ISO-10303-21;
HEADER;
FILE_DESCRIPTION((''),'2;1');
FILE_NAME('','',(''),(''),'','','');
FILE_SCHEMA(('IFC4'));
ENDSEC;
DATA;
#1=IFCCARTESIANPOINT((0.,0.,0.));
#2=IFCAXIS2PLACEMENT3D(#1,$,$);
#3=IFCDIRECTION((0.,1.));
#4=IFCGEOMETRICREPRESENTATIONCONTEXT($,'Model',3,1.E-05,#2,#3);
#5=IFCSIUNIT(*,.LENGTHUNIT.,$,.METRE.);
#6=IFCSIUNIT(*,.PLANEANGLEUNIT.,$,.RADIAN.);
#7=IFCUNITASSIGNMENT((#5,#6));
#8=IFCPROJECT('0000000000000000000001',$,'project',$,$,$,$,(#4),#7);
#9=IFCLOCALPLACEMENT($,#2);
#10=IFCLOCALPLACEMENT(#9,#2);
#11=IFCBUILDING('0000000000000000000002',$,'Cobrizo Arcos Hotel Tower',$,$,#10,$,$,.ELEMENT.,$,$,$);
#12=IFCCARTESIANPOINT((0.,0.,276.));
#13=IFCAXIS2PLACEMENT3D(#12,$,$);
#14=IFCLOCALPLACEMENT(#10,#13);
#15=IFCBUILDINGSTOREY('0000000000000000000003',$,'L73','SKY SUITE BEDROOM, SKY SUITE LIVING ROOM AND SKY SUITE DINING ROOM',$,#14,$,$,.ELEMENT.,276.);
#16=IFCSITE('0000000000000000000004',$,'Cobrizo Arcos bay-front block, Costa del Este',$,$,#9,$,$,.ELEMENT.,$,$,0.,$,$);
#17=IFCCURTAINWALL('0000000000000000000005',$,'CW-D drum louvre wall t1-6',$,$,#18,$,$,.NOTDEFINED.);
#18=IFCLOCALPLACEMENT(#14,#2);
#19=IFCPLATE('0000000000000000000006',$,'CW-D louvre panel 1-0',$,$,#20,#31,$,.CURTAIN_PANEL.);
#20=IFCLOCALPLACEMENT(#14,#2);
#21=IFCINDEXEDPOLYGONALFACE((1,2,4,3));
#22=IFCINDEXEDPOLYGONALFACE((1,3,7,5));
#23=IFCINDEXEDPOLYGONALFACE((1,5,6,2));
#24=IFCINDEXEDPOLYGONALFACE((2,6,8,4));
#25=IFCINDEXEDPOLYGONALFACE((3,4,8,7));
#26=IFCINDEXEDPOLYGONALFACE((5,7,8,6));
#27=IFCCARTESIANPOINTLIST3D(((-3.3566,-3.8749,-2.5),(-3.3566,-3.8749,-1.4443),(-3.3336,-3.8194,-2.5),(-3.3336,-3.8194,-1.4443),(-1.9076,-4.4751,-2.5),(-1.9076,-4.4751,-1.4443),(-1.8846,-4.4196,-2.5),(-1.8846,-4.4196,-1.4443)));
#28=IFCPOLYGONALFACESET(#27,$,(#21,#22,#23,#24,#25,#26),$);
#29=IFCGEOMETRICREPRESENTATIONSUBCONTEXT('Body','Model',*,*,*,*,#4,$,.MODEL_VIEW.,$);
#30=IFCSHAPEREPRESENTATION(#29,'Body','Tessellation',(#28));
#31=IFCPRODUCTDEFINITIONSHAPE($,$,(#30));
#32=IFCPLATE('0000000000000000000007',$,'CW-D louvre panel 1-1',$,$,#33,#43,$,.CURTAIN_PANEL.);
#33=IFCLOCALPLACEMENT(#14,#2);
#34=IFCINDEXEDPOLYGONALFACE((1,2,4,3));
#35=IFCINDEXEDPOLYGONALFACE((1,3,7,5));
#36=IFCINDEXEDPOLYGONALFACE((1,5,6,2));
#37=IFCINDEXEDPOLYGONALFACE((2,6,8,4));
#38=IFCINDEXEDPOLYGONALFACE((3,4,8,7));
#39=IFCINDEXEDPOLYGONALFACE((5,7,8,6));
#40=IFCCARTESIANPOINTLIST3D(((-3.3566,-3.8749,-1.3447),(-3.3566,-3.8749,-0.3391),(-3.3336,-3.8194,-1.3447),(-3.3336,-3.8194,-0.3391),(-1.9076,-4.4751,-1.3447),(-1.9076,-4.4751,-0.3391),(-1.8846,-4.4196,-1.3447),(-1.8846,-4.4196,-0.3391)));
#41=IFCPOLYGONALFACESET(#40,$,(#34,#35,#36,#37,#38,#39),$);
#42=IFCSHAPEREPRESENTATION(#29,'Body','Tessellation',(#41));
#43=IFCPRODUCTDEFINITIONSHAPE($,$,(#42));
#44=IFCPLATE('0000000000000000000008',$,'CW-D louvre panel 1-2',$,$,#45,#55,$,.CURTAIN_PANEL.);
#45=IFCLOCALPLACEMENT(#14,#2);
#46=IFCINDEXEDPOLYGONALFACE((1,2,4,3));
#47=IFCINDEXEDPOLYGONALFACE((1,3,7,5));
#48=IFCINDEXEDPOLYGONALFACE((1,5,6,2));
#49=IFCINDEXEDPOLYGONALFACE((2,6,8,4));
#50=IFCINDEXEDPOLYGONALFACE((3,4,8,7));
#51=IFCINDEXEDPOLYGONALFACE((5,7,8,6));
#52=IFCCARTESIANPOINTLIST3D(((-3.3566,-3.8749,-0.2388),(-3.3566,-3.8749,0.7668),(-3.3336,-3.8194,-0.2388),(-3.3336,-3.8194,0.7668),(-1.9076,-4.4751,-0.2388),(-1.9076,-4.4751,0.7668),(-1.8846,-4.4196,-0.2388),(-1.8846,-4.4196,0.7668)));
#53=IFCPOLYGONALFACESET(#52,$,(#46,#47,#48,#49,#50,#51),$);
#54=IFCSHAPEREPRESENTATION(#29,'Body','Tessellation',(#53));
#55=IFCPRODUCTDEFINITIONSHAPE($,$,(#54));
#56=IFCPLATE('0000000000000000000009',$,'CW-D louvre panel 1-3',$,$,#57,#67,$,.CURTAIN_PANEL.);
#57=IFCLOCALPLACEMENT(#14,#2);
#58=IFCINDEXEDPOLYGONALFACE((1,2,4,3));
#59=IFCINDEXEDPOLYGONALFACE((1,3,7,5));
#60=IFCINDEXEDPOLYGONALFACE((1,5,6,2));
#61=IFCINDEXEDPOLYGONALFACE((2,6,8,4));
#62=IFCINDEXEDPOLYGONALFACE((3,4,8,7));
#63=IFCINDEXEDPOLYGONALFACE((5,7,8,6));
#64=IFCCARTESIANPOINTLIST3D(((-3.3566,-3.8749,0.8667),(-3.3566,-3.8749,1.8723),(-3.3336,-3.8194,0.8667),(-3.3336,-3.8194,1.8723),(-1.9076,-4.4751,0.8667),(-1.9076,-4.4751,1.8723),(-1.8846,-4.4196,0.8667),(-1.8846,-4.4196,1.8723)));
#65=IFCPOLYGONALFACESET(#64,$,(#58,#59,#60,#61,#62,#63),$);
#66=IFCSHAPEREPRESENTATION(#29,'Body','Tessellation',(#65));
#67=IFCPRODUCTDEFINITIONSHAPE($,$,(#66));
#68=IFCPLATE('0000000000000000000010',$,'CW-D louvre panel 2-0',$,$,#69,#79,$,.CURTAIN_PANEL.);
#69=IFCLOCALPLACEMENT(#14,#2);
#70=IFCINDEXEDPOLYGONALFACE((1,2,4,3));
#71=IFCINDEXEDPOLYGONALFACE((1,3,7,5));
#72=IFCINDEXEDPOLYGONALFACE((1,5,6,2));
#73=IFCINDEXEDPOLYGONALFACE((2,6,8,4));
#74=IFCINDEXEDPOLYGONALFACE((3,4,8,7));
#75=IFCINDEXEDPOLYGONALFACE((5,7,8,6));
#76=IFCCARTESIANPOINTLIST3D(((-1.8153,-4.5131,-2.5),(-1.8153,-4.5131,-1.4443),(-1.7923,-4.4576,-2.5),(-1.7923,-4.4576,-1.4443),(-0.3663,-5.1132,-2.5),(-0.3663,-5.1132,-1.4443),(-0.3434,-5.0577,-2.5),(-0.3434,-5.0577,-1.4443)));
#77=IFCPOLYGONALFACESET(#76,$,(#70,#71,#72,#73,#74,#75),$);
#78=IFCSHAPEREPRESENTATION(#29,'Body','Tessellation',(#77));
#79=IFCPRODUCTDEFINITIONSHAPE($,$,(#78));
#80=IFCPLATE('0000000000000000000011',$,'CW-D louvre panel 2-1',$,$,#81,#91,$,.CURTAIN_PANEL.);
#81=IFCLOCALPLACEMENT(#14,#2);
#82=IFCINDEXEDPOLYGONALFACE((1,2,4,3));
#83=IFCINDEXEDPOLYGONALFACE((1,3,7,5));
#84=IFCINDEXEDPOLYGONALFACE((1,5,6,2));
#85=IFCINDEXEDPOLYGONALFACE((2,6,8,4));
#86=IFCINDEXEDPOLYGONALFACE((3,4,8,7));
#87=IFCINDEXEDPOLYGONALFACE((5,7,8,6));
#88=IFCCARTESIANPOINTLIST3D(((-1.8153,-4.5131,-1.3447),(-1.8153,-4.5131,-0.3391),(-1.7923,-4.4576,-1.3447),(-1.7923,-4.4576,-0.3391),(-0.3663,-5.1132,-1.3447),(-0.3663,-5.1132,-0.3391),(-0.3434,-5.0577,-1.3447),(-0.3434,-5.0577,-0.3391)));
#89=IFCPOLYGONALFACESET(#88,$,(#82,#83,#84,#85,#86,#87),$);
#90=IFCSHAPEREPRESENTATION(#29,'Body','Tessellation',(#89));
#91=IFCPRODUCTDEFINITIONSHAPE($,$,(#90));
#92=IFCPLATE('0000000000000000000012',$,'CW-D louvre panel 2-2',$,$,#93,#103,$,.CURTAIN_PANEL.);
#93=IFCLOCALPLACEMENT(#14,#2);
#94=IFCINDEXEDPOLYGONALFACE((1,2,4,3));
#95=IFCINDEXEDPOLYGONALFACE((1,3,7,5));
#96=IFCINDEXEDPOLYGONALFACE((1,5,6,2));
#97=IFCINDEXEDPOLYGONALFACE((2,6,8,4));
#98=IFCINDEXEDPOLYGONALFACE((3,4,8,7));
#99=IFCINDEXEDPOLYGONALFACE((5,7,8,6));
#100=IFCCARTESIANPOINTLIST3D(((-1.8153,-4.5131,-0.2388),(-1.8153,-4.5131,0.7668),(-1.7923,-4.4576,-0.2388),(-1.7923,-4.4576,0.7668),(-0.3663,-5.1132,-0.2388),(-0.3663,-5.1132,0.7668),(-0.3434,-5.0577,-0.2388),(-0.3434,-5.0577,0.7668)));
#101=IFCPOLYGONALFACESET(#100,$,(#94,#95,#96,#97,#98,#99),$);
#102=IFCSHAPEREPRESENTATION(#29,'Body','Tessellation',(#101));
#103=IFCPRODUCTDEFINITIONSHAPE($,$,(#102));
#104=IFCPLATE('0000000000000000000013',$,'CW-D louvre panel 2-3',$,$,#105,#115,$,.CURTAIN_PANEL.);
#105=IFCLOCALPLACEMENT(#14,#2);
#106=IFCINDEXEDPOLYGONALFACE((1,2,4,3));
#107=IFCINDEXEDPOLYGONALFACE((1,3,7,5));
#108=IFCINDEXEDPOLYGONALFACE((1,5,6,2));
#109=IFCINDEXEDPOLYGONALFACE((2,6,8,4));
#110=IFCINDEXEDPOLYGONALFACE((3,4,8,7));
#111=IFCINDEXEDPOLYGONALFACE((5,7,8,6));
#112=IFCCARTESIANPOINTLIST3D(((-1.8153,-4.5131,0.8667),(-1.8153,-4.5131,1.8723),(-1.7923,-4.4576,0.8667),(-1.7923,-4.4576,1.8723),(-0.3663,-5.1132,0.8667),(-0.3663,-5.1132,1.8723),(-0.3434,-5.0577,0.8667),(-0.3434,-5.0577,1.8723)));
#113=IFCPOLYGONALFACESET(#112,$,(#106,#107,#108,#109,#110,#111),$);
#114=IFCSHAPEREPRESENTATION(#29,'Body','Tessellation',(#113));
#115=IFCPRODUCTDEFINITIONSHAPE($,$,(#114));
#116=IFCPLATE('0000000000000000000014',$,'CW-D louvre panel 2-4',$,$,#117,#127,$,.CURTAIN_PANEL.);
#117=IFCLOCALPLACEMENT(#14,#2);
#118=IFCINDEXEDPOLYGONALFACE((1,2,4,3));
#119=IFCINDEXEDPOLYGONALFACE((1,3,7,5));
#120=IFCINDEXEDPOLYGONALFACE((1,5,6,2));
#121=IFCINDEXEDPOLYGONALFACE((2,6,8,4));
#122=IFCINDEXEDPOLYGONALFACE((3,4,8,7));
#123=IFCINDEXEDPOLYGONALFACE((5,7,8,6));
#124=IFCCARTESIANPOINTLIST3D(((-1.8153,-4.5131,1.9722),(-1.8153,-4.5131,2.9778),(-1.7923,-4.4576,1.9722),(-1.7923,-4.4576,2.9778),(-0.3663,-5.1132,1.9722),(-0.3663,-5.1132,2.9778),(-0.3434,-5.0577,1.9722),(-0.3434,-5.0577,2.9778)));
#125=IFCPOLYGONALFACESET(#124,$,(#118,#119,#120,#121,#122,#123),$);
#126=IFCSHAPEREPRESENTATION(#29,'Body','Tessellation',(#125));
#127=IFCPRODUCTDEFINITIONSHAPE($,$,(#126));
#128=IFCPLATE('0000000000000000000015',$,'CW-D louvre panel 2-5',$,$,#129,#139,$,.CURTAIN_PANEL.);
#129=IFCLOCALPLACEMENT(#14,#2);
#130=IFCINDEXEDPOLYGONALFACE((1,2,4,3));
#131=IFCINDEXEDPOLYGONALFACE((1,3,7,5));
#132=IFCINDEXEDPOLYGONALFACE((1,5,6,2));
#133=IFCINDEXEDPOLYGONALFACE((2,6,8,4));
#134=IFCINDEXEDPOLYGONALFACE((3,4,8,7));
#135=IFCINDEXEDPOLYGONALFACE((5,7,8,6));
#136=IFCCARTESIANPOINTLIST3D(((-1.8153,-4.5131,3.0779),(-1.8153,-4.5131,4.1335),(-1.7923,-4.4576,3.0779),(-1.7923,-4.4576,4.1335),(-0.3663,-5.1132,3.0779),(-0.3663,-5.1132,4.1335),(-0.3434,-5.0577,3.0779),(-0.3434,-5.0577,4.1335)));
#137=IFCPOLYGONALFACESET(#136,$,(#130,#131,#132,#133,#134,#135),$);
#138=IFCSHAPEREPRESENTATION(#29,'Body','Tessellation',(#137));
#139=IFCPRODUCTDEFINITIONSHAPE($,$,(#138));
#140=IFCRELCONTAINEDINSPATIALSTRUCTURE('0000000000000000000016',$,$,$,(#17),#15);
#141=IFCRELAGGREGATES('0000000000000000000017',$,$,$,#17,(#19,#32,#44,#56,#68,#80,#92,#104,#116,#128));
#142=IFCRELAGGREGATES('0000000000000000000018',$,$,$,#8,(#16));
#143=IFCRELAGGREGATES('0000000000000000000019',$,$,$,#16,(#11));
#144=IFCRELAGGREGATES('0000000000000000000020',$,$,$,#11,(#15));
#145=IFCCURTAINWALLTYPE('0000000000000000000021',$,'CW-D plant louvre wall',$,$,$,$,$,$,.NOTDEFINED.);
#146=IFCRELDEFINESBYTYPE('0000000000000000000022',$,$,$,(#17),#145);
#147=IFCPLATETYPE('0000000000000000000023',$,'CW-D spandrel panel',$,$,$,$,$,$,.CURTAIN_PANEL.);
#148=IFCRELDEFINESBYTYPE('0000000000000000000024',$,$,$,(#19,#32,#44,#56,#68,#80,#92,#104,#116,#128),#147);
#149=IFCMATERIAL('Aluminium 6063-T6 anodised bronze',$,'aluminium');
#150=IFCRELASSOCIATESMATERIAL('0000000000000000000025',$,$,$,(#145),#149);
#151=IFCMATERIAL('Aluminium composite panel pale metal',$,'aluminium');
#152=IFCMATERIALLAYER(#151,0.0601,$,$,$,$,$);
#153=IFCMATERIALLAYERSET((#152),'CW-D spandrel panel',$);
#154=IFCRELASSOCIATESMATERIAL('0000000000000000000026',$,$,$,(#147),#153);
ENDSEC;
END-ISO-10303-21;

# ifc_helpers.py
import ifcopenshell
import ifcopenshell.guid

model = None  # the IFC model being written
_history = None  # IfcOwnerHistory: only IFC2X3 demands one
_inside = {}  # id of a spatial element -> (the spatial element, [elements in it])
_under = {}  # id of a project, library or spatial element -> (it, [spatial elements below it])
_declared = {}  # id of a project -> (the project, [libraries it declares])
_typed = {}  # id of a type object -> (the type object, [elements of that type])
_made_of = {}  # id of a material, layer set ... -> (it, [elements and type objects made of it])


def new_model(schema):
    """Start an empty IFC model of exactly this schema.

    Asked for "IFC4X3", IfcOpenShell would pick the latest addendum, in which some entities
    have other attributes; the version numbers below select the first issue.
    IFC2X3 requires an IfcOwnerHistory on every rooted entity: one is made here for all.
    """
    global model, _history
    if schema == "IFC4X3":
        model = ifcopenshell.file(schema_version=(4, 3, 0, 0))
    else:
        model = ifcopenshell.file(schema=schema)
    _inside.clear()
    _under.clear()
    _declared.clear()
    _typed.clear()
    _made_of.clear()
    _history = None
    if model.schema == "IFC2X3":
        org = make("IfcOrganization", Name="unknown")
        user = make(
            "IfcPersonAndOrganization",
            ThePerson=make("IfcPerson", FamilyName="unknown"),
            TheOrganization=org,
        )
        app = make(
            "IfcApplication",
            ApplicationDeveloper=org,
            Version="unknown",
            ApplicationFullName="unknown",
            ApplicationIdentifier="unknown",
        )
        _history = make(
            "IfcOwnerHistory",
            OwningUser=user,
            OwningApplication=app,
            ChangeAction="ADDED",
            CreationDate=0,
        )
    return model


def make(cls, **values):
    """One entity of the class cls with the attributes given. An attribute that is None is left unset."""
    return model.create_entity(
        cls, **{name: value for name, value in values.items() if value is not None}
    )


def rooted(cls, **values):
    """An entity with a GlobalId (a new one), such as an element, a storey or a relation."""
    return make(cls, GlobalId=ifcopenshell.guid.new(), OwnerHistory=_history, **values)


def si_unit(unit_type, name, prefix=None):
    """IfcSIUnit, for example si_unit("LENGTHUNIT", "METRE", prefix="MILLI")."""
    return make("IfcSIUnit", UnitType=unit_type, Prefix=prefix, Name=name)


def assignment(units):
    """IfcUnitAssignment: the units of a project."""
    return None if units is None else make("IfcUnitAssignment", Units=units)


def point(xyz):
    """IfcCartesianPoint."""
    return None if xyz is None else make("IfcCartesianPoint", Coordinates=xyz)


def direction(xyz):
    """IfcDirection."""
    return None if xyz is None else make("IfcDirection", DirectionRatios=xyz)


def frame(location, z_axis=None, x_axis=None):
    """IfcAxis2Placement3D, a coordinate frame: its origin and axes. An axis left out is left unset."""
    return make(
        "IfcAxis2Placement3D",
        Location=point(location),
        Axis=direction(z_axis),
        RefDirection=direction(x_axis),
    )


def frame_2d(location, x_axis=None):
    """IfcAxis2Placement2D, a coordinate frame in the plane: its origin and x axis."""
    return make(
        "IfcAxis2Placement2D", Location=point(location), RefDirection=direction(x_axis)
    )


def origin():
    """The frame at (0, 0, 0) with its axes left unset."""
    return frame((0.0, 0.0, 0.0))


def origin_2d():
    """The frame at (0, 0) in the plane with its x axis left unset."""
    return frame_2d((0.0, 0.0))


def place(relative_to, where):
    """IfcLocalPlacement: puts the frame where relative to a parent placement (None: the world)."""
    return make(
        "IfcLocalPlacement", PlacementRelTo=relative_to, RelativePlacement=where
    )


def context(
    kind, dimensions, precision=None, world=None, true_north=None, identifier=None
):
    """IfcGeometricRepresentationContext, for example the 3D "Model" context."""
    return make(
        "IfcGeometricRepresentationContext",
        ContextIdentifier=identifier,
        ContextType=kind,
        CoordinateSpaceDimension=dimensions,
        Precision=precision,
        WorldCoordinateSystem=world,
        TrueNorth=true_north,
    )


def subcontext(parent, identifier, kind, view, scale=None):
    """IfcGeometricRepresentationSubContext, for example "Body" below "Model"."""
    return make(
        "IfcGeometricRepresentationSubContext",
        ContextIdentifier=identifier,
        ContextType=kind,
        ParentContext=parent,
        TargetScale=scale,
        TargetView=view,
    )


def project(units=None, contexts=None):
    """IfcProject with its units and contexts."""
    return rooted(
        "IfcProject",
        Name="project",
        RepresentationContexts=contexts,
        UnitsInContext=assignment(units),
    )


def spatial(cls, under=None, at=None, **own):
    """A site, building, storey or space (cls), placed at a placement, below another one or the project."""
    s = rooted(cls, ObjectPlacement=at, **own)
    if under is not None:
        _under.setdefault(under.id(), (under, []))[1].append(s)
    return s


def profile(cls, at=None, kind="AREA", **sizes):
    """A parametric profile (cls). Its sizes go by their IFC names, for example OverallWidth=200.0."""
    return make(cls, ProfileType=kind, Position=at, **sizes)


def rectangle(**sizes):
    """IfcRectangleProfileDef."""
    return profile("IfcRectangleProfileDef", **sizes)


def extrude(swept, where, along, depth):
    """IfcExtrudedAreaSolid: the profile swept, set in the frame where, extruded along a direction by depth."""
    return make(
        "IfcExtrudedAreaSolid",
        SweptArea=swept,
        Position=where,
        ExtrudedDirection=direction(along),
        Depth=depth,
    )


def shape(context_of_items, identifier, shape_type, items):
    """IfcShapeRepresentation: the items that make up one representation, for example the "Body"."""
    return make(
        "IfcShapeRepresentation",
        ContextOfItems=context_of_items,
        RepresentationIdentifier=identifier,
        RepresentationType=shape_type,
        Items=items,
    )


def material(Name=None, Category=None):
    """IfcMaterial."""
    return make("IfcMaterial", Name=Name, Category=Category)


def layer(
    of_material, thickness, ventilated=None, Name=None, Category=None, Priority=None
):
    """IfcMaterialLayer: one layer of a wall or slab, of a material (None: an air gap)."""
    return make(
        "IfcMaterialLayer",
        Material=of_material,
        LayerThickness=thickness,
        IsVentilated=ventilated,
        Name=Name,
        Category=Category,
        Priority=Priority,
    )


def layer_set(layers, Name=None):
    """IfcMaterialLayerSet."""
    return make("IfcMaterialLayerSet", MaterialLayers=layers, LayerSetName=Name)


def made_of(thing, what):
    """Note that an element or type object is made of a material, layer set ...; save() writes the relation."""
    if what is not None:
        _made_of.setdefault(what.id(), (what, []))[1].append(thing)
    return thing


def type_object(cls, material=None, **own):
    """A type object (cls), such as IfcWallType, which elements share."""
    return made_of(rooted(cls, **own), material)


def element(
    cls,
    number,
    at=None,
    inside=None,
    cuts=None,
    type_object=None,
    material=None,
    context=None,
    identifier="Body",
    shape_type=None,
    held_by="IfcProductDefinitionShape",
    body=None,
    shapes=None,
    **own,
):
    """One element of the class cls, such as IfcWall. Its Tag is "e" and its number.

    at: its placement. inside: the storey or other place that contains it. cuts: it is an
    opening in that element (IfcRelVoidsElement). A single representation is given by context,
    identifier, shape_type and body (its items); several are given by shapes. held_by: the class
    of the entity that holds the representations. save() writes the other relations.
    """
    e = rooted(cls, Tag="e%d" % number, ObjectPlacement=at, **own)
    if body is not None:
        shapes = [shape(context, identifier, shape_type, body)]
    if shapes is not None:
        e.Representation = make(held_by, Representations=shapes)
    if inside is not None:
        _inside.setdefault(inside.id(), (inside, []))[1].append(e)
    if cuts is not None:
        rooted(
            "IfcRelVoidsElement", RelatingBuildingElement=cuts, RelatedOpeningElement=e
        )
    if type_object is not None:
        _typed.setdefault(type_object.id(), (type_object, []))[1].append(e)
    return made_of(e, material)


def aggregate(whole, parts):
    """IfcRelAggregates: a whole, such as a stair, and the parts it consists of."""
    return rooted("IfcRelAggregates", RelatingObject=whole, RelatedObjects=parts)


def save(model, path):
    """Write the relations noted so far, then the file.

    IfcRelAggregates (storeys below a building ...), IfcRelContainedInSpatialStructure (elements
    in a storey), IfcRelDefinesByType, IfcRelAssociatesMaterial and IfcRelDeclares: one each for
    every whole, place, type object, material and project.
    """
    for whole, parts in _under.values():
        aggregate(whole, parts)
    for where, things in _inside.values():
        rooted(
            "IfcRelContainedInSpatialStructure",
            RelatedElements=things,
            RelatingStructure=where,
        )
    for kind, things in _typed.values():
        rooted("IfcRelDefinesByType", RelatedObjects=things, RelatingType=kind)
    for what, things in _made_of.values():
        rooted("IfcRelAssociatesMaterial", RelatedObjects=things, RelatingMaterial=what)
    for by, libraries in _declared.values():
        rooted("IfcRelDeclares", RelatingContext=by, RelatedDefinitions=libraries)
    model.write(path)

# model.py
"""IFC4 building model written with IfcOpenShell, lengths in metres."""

from ifc_helpers import new_model, si_unit, direction, frame, origin, origin_2d, place, context, subcontext, project, spatial, rectangle, extrude, material, layer, layer_set, type_object, element, aggregate, save


model = new_model("IFC4")

# Units and contexts
model_context = context("Model", 3, precision=1e-05, world=origin(), true_north=direction((0.0, 1.0)))
body_context = subcontext(model_context, "Body", "Model", "MODEL_VIEW")
ifc_project = project(units=[si_unit("LENGTHUNIT", "METRE"), si_unit("PLANEANGLEUNIT", "RADIAN")], contexts=[model_context])

# Site, building, storey
site_placement = place(None, origin())
site = spatial("IfcSite", under=ifc_project, at=site_placement, Name="Cobrizo Arcos bay-front block, Costa del Este", CompositionType="ELEMENT", RefElevation=0.0)
building_placement = place(site_placement, origin())
building = spatial("IfcBuilding", under=site, at=building_placement, Name="Cobrizo Arcos Hotel Tower", CompositionType="ELEMENT")
storey_placement = place(building_placement, frame((0.0, 0.0, 276.0)))
storey = spatial("IfcBuildingStorey", under=building, at=storey_placement, Name="L73", Description="SKY SUITE BEDROOM, SKY SUITE LIVING ROOM AND SKY SUITE DINING ROOM", CompositionType="ELEMENT", Elevation=276.0)

# Shared definitions
ifc_material_1 = material(Name="Aluminium 6063-T6 anodised bronze", Category="aluminium")

# Curtain wall
curtain_wall_type_1 = type_object("IfcCurtainWallType", Name="CW-D plant louvre wall", PredefinedType="NOTDEFINED", material=ifc_material_1)
curtain_wall_1_placement = place(storey_placement, origin())
curtain_wall_1 = element("IfcCurtainWall", 1, at=curtain_wall_1_placement, inside=storey, type_object=curtain_wall_type_1, Name="CW-D drum louvre wall t1-6", PredefinedType="NOTDEFINED")

# Plates
ifc_material_2 = material(Name="Aluminium composite panel pale metal", Category="aluminium")
ifc_layer_1 = layer(ifc_material_2, 0.0601)
ifc_layer_set_1 = layer_set([ifc_layer_1], Name="CW-D spandrel panel")
plate_type_1 = type_object("IfcPlateType", Name="CW-D spandrel panel", PredefinedType="CURTAIN_PANEL", material=ifc_layer_set_1)
plate_1_placement = place(storey_placement, frame((-2.6206, -4.1472, -2.5), z_axis=(0.0, 0.0, 1.0), x_axis=(0.92388, -0.382683, 0.0)))
plate_1 = element("IfcPlate", 2, at=plate_1_placement, type_object=plate_type_1, Name="CW-D louvre panel 1-0", PredefinedType="CURTAIN_PANEL", context=body_context, shape_type="SweptSolid", body=[
    extrude(rectangle(XDim=1.5684, YDim=0.0601, at=origin_2d()), origin(), (0.0, 0.0, 1.0), 1.0557),
])
plate_2_placement = place(storey_placement, frame((-2.6206, -4.1472, -1.3447), z_axis=(0.0, 0.0, 1.0), x_axis=(0.92388, -0.382683, 0.0)))
plate_2 = element("IfcPlate", 3, at=plate_2_placement, type_object=plate_type_1, Name="CW-D louvre panel 1-1", PredefinedType="CURTAIN_PANEL", context=body_context, shape_type="SweptSolid", body=[
    extrude(rectangle(XDim=1.5684, YDim=0.0601, at=origin_2d()), origin(), (0.0, 0.0, 1.0), 1.0056),
])
plate_3_placement = place(storey_placement, frame((-2.6206, -4.1472, -0.2388), z_axis=(0.0, 0.0, 1.0), x_axis=(0.92388, -0.382683, 0.0)))
plate_3 = element("IfcPlate", 4, at=plate_3_placement, type_object=plate_type_1, Name="CW-D louvre panel 1-2", PredefinedType="CURTAIN_PANEL", context=body_context, shape_type="SweptSolid", body=[
    extrude(rectangle(XDim=1.5684, YDim=0.0601, at=origin_2d()), origin(), (0.0, 0.0, 1.0), 1.0056),
])
plate_4_placement = place(storey_placement, frame((-2.6206, -4.1472, 0.8667), z_axis=(0.0, 0.0, 1.0), x_axis=(0.92388, -0.382683, 0.0)))
plate_4 = element("IfcPlate", 5, at=plate_4_placement, type_object=plate_type_1, Name="CW-D louvre panel 1-3", PredefinedType="CURTAIN_PANEL", context=body_context, shape_type="SweptSolid", body=[
    extrude(rectangle(XDim=1.5684, YDim=0.0601, at=origin_2d()), origin(), (0.0, 0.0, 1.0), 1.0056),
])
plate_5_placement = place(storey_placement, frame((-1.0793, -4.7854, -2.5), z_axis=(0.0, 0.0, 1.0), x_axis=(0.92388, -0.382683, 0.0)))
plate_5 = element("IfcPlate", 6, at=plate_5_placement, type_object=plate_type_1, Name="CW-D louvre panel 2-0", PredefinedType="CURTAIN_PANEL", context=body_context, shape_type="SweptSolid", body=[
    extrude(rectangle(XDim=1.5684, YDim=0.0601, at=origin_2d()), origin(), (0.0, 0.0, 1.0), 1.0557),
])
plate_6_placement = place(storey_placement, frame((-1.0793, -4.7854, -1.3447), z_axis=(0.0, 0.0, 1.0), x_axis=(0.92388, -0.382683, 0.0)))
plate_6 = element("IfcPlate", 7, at=plate_6_placement, type_object=plate_type_1, Name="CW-D louvre panel 2-1", PredefinedType="CURTAIN_PANEL", context=body_context, shape_type="SweptSolid", body=[
    extrude(rectangle(XDim=1.5684, YDim=0.0601, at=origin_2d()), origin(), (0.0, 0.0, 1.0), 1.0056),
])
plate_7_placement = place(storey_placement, frame((-1.0793, -4.7854, -0.2388), z_axis=(0.0, 0.0, 1.0), x_axis=(0.92388, -0.382683, 0.0)))
plate_7 = element("IfcPlate", 8, at=plate_7_placement, type_object=plate_type_1, Name="CW-D louvre panel 2-2", PredefinedType="CURTAIN_PANEL", context=body_context, shape_type="SweptSolid", body=[
    extrude(rectangle(XDim=1.5684, YDim=0.0601, at=origin_2d()), origin(), (0.0, 0.0, 1.0), 1.0056),
])
plate_8_placement = place(storey_placement, frame((-1.0793, -4.7854, 0.8667), z_axis=(0.0, 0.0, 1.0), x_axis=(0.92388, -0.382683, 0.0)))
plate_8 = element("IfcPlate", 9, at=plate_8_placement, type_object=plate_type_1, Name="CW-D louvre panel 2-3", PredefinedType="CURTAIN_PANEL", context=body_context, shape_type="SweptSolid", body=[
    extrude(rectangle(XDim=1.5684, YDim=0.0601, at=origin_2d()), origin(), (0.0, 0.0, 1.0), 1.0056),
])
plate_9_placement = place(storey_placement, frame((-1.0793, -4.7854, 1.9722), z_axis=(0.0, 0.0, 1.0), x_axis=(0.92388, -0.382683, 0.0)))
plate_9 = element("IfcPlate", 10, at=plate_9_placement, type_object=plate_type_1, Name="CW-D louvre panel 2-4", PredefinedType="CURTAIN_PANEL", context=body_context, shape_type="SweptSolid", body=[
    extrude(rectangle(XDim=1.5684, YDim=0.0601, at=origin_2d()), origin(), (0.0, 0.0, 1.0), 1.0056),
])
plate_10_placement = place(storey_placement, frame((-1.0793, -4.7854, 3.0779), z_axis=(0.0, 0.0, 1.0), x_axis=(0.92388, -0.382683, 0.0)))
plate_10 = element("IfcPlate", 11, at=plate_10_placement, type_object=plate_type_1, Name="CW-D louvre panel 2-5", PredefinedType="CURTAIN_PANEL", context=body_context, shape_type="SweptSolid", body=[
    extrude(rectangle(XDim=1.5684, YDim=0.0601, at=origin_2d()), origin(), (0.0, 0.0, 1.0), 1.0557),
])
aggregate(curtain_wall_1, [plate_1, plate_2, plate_3, plate_4, plate_5, plate_6, plate_7, plate_8, plate_9, plate_10])

save(model, "model.ifc")
